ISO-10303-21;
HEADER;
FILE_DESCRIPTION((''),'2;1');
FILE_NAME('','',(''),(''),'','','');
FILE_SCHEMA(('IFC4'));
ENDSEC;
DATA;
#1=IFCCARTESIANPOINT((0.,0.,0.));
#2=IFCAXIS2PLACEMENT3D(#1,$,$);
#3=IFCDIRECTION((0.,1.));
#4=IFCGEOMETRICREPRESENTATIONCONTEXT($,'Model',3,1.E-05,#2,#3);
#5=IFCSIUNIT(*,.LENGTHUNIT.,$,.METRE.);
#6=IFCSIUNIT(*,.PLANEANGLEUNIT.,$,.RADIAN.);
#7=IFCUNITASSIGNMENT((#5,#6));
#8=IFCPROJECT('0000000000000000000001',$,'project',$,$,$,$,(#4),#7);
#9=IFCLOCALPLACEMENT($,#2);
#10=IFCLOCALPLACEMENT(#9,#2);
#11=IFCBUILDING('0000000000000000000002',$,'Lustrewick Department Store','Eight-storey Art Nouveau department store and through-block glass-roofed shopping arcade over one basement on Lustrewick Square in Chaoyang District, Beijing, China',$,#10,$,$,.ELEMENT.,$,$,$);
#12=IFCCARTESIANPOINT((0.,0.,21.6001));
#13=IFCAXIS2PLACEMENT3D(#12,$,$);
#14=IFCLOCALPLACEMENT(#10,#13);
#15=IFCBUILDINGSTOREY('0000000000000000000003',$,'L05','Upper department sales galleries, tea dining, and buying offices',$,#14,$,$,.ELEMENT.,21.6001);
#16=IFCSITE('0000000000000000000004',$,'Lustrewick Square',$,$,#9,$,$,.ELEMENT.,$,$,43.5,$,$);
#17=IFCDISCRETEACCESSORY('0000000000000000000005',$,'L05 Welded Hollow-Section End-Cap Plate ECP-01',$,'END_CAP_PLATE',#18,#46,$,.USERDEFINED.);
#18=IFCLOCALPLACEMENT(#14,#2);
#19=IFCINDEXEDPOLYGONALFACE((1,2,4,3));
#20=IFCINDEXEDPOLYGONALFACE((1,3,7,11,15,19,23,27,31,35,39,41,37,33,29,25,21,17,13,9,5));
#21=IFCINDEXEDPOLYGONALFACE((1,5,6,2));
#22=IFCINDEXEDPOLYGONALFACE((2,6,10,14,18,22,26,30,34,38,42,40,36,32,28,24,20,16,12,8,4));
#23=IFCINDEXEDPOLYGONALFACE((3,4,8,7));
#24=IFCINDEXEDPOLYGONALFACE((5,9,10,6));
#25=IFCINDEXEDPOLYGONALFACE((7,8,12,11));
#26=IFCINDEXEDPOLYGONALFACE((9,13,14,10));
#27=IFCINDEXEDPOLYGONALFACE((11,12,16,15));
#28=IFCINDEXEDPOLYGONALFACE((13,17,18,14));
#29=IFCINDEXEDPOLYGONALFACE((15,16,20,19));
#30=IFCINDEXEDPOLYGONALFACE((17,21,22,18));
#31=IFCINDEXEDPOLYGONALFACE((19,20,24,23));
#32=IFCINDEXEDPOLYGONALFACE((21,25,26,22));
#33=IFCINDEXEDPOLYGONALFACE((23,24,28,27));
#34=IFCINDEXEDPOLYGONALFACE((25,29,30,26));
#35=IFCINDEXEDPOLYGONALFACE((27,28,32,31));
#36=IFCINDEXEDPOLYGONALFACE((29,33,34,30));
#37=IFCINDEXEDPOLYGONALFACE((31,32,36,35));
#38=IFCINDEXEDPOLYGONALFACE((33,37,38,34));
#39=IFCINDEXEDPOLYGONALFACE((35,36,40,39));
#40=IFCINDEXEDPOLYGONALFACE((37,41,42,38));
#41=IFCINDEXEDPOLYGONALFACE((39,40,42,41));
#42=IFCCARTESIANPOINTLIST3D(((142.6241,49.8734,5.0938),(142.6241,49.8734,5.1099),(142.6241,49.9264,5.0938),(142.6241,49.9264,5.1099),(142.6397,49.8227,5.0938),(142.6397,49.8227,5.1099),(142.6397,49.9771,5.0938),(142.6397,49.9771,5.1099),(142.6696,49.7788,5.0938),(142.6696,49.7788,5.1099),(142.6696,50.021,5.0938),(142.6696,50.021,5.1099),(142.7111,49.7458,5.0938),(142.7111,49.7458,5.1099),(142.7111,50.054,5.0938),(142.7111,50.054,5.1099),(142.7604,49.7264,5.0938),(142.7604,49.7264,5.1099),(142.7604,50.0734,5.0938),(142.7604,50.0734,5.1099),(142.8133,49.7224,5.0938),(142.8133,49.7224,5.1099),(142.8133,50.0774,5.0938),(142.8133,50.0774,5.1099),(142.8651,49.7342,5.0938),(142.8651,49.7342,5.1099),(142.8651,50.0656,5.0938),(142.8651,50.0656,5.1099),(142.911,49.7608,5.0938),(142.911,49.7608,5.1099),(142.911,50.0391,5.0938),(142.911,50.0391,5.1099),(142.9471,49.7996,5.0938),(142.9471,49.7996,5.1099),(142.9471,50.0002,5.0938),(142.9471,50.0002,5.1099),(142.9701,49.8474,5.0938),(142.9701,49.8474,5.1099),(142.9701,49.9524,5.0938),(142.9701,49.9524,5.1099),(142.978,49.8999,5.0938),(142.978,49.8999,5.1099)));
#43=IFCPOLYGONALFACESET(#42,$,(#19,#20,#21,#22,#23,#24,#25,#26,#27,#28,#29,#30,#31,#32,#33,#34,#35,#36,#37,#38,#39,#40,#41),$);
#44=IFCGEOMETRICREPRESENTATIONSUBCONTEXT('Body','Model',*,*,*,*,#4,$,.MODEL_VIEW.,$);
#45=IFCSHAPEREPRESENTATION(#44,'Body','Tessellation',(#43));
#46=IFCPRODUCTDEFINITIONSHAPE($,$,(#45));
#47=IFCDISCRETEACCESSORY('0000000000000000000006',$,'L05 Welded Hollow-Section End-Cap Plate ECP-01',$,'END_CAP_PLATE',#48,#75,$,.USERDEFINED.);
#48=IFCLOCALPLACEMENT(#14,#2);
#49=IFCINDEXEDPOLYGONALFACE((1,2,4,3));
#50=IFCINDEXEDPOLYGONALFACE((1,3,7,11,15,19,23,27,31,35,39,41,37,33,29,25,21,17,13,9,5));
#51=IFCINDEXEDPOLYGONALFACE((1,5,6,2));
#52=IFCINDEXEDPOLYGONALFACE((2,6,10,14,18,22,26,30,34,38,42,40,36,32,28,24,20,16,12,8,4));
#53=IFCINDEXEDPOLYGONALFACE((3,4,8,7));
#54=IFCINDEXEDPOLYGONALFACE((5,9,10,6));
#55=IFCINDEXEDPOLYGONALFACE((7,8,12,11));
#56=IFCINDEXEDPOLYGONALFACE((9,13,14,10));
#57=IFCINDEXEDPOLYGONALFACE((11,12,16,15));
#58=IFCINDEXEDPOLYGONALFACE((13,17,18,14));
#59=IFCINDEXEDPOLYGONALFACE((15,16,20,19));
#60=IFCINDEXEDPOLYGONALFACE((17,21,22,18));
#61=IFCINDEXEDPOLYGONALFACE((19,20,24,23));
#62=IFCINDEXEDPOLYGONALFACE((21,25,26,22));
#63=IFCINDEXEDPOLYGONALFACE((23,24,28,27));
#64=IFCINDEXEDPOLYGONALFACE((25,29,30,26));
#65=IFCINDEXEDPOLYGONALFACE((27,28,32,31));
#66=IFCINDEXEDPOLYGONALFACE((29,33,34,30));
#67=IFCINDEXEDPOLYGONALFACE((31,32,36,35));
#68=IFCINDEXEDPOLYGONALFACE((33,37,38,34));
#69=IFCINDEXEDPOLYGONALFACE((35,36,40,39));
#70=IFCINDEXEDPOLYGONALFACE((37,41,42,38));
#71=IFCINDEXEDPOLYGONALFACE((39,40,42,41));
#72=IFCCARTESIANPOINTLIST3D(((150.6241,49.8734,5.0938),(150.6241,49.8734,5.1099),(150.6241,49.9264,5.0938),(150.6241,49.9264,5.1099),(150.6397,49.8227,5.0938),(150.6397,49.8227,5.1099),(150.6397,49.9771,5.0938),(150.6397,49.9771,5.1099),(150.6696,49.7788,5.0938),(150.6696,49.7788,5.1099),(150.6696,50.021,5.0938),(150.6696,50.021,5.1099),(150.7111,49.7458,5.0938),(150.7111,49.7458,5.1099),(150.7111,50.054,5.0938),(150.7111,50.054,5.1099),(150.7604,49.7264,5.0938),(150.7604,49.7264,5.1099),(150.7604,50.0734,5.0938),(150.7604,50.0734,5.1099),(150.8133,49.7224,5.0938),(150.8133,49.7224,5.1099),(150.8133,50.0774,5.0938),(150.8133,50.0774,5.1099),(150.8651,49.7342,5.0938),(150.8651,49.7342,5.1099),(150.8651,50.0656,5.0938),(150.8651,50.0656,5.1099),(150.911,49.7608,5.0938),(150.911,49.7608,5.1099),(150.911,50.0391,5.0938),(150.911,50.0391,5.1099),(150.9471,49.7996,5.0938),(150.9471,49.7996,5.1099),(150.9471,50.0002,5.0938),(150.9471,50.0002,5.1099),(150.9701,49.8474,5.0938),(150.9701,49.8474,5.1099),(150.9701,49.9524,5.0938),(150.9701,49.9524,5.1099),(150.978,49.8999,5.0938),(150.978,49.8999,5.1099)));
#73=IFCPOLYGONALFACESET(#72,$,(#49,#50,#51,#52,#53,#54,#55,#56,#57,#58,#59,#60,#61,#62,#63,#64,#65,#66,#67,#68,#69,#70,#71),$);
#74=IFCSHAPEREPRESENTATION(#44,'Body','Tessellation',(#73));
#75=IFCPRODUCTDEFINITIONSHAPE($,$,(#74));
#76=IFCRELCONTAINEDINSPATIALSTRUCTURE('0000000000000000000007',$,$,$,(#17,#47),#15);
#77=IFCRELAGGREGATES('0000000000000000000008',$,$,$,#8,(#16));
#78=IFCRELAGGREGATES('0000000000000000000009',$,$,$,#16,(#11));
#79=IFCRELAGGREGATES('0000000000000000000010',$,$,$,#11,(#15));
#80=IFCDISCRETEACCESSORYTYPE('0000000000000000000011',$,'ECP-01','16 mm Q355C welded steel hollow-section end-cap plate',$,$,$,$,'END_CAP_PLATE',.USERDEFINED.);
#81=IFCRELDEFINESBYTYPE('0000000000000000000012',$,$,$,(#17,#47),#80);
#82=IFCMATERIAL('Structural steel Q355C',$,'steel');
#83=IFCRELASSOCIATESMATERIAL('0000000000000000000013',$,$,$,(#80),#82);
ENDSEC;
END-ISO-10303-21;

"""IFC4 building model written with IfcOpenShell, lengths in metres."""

from ifc_helpers import new_model, si_unit, direction, frame, origin, origin_2d, place, context, subcontext, project, spatial, circle, extrude, material, type_object, element, save


model = new_model("IFC4")

# Units and contexts
model_context = context("Model", 3, precision=1e-05, world=origin(), true_north=direction((0.0, 1.0)))
body_context = subcontext(model_context, "Body", "Model", "MODEL_VIEW")
ifc_project = project(units=[si_unit("LENGTHUNIT", "METRE"), si_unit("PLANEANGLEUNIT", "RADIAN")], contexts=[model_context])

# Site, building, storey
site_placement = place(None, origin())
site = spatial("IfcSite", under=ifc_project, at=site_placement, Name="Lustrewick Square", CompositionType="ELEMENT", RefElevation=43.5)
building_placement = place(site_placement, origin())
building = spatial("IfcBuilding", under=site, at=building_placement, Name="Lustrewick Department Store", Description="Eight-storey Art Nouveau department store and through-block glass-roofed shopping arcade over one basement on Lustrewick Square in Chaoyang District, Beijing, China", CompositionType="ELEMENT")
storey_placement = place(building_placement, frame((0.0, 0.0, 21.6001)))
storey = spatial("IfcBuildingStorey", under=building, at=storey_placement, Name="L05", Description="Upper department sales galleries, tea dining, and buying offices", CompositionType="ELEMENT", Elevation=21.6001)

# Discrete accessories
ifc_material_1 = material(Name="Structural steel Q355C", Category="steel")
discrete_accessory_type = type_object("IfcDiscreteAccessoryType", Name="ECP-01", Description="16 mm Q355C welded steel hollow-section end-cap plate", ElementType="END_CAP_PLATE", PredefinedType="USERDEFINED", material=ifc_material_1)
for number, where, z_axis, x_axis, name in (
    (1, (142.8, 49.8999, 5.0938), (0.0, 0.0, 1.0), (1.0, 0.0, 0.0), "L05 Welded Hollow-Section End-Cap Plate ECP-01"),
    (2, (150.8, 49.8999, 5.0938), (0.0, 0.0, 1.0), (1.0, 0.0, 0.0), "L05 Welded Hollow-Section End-Cap Plate ECP-01"),
):
    element("IfcDiscreteAccessory", number, at=place(storey_placement, frame(where, z_axis=z_axis, x_axis=x_axis)), inside=storey, type_object=discrete_accessory_type, Name=name, ObjectType="END_CAP_PLATE", PredefinedType="USERDEFINED", context=body_context, shape_type="SweptSolid", body=[
        extrude(circle(Radius=0.178, at=origin_2d()), origin(), (0.0, 0.0, 1.0), 0.0161),
    ])

save(model, "model.ifc")
